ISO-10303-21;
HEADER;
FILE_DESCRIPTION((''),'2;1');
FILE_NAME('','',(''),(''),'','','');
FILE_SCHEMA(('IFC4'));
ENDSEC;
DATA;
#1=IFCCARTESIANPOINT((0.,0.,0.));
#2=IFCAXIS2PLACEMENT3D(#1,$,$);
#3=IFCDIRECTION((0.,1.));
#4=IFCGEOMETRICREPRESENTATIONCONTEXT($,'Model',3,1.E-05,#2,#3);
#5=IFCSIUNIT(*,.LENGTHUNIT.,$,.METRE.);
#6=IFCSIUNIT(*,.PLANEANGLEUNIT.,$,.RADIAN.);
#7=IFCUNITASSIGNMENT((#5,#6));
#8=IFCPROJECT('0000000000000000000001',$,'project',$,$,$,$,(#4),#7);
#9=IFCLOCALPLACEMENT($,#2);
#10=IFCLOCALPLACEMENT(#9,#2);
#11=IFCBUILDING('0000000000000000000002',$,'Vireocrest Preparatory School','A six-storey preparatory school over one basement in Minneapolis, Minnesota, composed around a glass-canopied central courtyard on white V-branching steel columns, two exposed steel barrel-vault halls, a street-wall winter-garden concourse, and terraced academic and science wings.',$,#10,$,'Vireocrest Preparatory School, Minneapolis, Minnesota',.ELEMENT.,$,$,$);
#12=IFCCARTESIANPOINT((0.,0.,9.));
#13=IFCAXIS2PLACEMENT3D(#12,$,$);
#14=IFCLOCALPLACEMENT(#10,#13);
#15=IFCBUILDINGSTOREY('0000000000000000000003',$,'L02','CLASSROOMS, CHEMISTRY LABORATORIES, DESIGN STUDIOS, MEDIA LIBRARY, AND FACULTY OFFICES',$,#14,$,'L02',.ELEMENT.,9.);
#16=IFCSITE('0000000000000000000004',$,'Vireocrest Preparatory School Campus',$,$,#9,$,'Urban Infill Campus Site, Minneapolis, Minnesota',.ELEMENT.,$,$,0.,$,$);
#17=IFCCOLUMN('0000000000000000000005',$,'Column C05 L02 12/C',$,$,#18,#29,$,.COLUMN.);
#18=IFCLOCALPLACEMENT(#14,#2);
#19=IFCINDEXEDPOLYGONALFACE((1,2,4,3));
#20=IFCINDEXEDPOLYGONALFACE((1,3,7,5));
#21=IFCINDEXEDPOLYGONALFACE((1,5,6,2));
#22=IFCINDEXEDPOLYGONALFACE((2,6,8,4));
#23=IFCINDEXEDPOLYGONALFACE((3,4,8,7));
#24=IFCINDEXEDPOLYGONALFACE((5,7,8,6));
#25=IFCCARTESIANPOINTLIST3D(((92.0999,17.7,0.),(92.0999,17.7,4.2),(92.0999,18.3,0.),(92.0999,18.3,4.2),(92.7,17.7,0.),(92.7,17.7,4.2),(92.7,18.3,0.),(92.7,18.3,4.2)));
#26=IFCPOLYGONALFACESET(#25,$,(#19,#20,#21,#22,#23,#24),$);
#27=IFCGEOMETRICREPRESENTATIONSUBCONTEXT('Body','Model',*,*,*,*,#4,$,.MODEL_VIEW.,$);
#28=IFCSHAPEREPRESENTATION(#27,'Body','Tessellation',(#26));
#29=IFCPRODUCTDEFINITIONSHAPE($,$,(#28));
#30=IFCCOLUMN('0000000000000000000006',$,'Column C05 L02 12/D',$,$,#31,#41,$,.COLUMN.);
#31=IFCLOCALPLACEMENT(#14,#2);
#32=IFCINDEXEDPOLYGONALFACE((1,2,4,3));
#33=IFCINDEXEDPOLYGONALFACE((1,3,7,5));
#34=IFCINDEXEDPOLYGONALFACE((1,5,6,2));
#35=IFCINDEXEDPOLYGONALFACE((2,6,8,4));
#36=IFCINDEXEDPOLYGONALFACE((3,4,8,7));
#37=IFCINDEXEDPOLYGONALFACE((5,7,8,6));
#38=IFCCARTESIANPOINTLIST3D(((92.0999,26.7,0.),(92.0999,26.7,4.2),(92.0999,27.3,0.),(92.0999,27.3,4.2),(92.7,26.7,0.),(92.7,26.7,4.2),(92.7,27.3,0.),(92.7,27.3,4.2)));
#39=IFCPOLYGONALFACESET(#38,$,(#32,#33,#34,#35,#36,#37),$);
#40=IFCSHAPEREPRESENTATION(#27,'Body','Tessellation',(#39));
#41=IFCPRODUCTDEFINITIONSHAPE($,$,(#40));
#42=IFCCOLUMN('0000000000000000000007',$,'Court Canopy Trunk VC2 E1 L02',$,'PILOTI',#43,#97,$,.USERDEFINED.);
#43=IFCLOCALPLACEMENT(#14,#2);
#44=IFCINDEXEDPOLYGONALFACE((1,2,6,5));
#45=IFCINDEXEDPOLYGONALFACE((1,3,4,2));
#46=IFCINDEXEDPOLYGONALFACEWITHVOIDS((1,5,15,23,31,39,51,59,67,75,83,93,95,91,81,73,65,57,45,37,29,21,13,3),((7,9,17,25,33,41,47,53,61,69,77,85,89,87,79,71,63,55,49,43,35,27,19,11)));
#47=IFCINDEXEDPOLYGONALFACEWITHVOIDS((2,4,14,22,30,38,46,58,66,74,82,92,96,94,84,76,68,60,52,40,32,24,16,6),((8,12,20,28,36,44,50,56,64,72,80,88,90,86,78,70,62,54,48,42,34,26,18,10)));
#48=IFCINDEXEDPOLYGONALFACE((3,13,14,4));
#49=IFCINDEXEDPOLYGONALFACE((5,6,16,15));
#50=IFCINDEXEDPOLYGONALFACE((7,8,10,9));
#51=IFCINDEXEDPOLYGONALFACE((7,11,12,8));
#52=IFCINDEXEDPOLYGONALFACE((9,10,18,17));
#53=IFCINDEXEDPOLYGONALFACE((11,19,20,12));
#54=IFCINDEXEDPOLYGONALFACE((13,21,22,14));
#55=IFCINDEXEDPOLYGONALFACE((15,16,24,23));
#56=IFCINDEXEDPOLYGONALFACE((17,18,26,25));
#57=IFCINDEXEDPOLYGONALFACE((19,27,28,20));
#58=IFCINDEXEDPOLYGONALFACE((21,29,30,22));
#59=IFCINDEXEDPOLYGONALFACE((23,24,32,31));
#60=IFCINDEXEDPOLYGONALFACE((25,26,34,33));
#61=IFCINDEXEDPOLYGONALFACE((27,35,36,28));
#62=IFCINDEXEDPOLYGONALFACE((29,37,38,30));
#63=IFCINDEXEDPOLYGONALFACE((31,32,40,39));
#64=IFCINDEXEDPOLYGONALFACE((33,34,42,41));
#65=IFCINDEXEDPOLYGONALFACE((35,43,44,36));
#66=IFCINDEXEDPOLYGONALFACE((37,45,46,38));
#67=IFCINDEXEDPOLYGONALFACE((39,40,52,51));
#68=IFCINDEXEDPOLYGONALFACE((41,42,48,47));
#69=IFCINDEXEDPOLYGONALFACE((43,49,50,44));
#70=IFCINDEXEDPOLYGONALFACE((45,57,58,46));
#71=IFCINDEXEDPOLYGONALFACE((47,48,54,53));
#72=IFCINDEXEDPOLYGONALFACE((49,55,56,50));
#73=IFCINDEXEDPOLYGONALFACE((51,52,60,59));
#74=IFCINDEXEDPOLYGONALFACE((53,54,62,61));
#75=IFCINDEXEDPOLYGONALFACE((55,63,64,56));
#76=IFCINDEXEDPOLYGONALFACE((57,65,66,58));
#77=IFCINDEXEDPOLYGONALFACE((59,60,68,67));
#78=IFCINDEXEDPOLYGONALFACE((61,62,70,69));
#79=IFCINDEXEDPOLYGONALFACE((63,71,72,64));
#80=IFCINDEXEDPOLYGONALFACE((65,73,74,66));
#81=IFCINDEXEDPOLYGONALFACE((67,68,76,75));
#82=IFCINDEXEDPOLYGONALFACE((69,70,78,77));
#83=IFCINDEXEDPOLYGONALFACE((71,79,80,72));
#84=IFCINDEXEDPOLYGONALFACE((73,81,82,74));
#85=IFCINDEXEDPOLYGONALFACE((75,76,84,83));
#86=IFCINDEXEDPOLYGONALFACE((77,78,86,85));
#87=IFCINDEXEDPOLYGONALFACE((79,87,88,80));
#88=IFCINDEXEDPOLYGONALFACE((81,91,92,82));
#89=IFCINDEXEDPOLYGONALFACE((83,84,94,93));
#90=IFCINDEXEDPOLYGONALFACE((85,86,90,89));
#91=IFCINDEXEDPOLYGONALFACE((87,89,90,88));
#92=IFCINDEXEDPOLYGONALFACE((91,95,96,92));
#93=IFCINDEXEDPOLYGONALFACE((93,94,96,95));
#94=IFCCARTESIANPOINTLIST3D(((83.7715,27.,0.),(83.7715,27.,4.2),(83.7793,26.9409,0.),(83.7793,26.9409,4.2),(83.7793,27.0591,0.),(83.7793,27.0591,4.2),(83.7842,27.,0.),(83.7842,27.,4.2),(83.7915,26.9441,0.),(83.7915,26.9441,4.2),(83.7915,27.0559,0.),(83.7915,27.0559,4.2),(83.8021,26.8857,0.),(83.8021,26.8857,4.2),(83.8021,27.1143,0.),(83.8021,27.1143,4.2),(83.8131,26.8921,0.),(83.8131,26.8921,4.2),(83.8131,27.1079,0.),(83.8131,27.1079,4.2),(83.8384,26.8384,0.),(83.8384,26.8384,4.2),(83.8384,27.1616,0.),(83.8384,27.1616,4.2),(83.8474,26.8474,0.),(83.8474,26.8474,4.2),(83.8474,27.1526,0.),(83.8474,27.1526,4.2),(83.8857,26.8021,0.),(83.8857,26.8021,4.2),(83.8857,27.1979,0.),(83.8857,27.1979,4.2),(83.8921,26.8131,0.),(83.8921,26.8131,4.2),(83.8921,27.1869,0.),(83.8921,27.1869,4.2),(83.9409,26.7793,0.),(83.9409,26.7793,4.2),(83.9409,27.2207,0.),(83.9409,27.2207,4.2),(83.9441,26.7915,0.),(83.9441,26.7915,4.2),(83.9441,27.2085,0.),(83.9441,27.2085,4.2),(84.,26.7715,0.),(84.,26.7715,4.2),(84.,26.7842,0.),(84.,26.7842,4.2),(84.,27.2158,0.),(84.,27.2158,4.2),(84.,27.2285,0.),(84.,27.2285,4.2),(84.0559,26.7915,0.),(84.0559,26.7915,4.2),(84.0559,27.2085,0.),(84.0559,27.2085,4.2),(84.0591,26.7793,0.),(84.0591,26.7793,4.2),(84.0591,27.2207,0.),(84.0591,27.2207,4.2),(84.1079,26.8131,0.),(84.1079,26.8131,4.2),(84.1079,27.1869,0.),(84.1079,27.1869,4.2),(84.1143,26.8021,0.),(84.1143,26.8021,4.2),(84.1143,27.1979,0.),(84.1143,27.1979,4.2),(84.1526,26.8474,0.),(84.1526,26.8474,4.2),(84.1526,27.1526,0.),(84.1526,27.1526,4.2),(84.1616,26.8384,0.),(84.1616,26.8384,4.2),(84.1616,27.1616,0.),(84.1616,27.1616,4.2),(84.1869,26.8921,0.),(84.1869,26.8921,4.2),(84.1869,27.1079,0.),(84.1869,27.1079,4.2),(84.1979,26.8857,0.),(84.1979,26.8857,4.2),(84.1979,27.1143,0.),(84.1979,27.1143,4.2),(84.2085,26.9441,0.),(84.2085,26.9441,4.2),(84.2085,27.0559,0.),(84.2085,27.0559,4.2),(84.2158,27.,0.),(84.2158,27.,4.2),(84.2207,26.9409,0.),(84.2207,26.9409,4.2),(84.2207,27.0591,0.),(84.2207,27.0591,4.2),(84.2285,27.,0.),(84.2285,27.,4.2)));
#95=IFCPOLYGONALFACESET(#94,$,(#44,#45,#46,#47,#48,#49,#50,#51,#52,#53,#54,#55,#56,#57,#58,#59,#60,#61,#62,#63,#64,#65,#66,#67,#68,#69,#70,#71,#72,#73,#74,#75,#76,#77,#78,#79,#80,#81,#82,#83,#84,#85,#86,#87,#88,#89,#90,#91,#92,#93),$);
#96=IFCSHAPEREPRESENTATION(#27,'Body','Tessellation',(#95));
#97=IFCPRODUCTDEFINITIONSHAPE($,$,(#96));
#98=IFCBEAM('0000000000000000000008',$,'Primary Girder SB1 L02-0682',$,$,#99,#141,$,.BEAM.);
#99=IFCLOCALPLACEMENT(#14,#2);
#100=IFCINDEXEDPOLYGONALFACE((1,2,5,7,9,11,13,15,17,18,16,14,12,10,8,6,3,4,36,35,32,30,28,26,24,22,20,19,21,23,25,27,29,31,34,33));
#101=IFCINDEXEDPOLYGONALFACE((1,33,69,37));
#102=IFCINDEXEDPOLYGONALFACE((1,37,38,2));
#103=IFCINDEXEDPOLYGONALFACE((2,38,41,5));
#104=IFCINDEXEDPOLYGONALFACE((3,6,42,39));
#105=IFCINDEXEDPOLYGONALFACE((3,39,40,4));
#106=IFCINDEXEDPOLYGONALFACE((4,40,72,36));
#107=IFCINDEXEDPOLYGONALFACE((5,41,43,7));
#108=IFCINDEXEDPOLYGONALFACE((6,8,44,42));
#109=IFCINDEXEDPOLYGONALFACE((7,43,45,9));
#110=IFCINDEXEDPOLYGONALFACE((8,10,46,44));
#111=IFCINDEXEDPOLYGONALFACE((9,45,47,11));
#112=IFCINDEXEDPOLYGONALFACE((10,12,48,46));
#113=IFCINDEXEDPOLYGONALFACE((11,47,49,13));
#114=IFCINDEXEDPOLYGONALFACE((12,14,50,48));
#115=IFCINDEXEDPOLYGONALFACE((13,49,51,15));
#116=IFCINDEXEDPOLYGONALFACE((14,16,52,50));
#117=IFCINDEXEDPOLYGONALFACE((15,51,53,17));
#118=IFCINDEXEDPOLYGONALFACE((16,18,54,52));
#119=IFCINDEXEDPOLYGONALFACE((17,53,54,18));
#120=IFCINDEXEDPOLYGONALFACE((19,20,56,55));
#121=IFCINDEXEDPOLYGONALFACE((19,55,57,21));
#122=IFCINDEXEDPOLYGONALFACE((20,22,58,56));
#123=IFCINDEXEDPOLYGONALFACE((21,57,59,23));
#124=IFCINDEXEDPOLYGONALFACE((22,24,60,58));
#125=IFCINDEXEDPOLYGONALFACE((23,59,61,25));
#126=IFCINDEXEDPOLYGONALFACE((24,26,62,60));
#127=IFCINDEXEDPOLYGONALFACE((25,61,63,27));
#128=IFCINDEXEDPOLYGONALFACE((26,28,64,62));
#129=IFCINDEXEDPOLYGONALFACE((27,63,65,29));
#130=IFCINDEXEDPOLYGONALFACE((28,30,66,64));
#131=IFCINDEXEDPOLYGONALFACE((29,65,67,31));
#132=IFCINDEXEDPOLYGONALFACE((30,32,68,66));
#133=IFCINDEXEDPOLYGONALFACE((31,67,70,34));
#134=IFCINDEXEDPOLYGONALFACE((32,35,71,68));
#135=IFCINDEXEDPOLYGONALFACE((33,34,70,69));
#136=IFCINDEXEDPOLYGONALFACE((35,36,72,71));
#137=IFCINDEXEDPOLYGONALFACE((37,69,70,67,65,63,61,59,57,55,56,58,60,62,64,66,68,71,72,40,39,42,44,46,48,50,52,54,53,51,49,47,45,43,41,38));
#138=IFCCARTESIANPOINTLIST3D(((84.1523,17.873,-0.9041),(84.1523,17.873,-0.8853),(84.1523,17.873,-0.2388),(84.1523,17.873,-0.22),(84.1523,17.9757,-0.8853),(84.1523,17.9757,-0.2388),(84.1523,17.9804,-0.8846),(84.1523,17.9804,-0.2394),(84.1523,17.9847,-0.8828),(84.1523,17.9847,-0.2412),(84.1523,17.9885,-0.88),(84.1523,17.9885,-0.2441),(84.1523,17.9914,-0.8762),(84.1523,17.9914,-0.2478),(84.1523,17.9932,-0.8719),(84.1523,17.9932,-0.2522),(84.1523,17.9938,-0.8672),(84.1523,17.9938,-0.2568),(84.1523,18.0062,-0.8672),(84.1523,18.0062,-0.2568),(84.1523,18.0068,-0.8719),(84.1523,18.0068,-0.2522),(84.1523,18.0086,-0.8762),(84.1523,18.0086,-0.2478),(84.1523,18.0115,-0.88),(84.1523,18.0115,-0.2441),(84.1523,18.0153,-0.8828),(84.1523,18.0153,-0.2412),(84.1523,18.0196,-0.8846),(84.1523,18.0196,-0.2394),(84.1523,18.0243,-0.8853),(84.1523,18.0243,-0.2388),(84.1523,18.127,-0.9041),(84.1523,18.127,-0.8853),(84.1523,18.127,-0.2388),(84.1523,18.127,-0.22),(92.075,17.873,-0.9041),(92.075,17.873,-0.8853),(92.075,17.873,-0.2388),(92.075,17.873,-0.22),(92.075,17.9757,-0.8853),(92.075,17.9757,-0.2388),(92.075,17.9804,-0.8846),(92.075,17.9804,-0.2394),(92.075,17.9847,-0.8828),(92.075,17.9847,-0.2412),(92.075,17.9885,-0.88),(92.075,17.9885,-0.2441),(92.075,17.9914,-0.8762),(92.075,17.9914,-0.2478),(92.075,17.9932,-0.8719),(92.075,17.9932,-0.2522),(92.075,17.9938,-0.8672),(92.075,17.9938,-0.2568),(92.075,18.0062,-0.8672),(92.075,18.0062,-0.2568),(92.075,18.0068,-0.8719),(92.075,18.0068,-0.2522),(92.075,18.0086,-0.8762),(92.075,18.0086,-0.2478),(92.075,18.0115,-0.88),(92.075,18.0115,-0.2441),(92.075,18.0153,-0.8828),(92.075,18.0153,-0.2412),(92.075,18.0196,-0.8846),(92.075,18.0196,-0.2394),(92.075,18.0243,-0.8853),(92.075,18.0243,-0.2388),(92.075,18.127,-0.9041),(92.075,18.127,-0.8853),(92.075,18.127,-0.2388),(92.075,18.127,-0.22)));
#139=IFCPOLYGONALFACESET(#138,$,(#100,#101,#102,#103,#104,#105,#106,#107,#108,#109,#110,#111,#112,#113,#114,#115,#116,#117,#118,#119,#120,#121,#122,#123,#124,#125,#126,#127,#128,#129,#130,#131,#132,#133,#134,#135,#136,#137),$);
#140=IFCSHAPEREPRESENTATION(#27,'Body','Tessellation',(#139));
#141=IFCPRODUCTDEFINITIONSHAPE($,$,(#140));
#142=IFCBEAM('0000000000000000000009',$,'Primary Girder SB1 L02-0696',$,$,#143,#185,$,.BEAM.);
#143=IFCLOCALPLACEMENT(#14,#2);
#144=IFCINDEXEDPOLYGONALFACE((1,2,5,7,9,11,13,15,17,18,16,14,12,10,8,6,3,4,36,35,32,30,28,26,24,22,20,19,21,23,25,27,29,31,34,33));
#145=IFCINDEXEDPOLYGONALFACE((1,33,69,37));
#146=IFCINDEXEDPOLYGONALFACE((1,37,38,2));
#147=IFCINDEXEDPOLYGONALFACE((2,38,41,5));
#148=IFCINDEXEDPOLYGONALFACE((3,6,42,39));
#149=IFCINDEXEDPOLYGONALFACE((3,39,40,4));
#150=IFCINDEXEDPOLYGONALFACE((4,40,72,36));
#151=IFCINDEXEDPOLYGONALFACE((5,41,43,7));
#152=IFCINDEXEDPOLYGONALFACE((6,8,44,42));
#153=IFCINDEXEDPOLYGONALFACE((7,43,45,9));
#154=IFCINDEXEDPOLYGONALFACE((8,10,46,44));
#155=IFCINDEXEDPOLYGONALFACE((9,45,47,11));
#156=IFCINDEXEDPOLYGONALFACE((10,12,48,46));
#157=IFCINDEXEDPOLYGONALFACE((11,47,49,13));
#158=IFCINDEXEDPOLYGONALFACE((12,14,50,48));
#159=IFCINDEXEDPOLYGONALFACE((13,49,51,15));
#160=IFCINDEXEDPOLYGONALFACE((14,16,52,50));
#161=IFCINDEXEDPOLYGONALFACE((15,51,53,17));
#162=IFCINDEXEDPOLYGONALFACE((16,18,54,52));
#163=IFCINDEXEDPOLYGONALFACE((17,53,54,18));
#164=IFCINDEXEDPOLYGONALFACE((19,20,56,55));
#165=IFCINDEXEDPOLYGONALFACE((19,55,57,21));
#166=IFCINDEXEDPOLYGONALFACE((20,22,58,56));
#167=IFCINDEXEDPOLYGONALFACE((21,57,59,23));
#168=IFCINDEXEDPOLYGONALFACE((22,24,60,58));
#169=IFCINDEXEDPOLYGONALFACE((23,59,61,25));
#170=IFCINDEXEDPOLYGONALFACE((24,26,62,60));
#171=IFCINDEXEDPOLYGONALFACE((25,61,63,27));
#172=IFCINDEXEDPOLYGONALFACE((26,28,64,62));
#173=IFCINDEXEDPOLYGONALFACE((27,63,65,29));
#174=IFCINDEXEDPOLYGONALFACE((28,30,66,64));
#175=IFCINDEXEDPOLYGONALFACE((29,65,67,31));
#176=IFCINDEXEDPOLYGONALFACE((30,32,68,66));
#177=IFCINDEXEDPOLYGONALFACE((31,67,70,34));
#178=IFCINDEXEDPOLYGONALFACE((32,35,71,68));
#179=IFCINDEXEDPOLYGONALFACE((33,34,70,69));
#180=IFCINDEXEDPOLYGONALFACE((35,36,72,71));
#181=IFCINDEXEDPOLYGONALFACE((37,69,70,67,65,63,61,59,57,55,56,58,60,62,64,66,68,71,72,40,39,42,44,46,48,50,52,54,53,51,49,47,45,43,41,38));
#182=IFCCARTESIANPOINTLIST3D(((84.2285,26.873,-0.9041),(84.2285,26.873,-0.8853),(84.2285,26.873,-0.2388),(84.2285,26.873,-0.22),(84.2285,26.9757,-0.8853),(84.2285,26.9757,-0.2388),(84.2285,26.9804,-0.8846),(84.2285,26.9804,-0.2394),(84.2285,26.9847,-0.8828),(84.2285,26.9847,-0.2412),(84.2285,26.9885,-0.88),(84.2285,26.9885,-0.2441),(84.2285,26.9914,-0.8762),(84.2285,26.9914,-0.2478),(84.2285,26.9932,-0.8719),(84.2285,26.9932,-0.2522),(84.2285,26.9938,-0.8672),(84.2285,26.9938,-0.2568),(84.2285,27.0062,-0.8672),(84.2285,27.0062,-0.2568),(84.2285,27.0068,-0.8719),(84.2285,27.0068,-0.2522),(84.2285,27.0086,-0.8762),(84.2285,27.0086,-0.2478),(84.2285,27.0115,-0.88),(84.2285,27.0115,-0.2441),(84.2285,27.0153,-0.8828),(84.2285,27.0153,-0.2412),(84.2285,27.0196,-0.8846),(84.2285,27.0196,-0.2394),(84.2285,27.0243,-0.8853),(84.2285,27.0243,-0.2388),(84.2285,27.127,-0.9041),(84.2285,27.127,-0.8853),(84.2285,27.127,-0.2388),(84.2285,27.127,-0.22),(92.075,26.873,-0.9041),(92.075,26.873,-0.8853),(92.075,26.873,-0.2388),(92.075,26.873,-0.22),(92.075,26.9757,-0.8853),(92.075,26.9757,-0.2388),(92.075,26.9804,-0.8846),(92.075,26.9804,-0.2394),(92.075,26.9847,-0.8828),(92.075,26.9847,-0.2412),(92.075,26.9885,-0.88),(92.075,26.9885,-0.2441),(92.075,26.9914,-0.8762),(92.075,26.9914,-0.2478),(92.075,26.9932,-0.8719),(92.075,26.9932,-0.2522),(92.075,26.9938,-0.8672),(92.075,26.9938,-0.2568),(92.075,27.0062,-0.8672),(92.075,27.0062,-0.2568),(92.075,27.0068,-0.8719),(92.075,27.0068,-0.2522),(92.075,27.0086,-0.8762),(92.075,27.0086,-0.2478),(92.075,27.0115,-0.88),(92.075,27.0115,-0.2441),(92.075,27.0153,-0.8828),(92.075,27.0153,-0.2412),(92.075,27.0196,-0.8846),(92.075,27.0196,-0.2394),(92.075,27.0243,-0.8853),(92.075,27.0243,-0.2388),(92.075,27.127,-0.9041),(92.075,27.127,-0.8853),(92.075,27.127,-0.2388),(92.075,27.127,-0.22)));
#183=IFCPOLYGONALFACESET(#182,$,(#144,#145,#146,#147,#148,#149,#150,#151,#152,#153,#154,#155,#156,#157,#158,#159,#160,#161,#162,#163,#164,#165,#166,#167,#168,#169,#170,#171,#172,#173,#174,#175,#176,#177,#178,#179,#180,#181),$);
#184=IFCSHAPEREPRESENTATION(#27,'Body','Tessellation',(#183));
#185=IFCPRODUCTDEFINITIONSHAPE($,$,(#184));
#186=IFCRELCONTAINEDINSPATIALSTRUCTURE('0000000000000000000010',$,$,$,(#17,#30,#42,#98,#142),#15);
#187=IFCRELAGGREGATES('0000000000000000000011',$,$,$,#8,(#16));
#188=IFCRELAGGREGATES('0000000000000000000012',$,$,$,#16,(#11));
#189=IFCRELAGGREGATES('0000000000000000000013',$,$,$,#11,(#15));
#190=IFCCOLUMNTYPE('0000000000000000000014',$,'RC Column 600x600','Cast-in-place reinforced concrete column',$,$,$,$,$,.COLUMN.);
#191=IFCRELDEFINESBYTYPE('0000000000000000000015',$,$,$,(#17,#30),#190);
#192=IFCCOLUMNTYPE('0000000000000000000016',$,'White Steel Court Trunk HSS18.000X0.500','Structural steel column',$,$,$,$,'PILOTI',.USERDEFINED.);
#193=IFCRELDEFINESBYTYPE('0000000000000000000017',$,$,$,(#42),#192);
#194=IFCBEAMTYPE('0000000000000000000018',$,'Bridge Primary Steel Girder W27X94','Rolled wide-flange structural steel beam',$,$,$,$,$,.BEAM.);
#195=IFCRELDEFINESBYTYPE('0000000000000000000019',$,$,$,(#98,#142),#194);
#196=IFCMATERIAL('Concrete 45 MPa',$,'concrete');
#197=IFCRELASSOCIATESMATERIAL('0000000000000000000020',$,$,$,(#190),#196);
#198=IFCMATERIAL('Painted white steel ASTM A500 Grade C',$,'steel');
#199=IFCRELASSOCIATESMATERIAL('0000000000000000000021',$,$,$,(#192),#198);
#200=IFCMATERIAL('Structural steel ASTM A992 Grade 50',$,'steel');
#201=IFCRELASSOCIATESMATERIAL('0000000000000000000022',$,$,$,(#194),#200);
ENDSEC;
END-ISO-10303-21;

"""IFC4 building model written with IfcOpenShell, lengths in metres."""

from ifc_helpers import new_model, si_unit, direction, frame, origin, origin_2d, place, context, subcontext, project, spatial, rectangle, hollow_circle, i_section, extrude, material, material_profile, profile_set, type_object, element, save


model = new_model("IFC4")

# Units and contexts
model_context = context("Model", 3, precision=1e-05, world=origin(), true_north=direction((0.0, 1.0)))
body_context = subcontext(model_context, "Body", "Model", "MODEL_VIEW")
ifc_project = project(units=[si_unit("LENGTHUNIT", "METRE"), si_unit("PLANEANGLEUNIT", "RADIAN")], contexts=[model_context])

# Site, building, storey
site_placement = place(None, origin())
site = spatial("IfcSite", under=ifc_project, at=site_placement, Name="Vireocrest Preparatory School Campus", LongName="Urban Infill Campus Site, Minneapolis, Minnesota", CompositionType="ELEMENT", RefElevation=0.0)
building_placement = place(site_placement, origin())
building = spatial("IfcBuilding", under=site, at=building_placement, Name="Vireocrest Preparatory School", Description="A six-storey preparatory school over one basement in Minneapolis, Minnesota, composed around a glass-canopied central courtyard on white V-branching steel columns, two exposed steel barrel-vault halls, a street-wall winter-garden concourse, and terraced academic and science wings.", LongName="Vireocrest Preparatory School, Minneapolis, Minnesota", CompositionType="ELEMENT")
storey_placement = place(building_placement, frame((0.0, 0.0, 9.0)))
storey = spatial("IfcBuildingStorey", under=building, at=storey_placement, Name="L02", Description="CLASSROOMS, CHEMISTRY LABORATORIES, DESIGN STUDIOS, MEDIA LIBRARY, AND FACULTY OFFICES", LongName="L02", CompositionType="ELEMENT", Elevation=9.0)

# Columns
ifc_material_1 = material(Name="Concrete 45 MPa", Category="concrete")
ifc_material_profile_1 = material_profile(ifc_material_1, rectangle(XDim=0.6001, YDim=0.6001, at=origin_2d()), Name="RC 600x600")
ifc_profile_set_1 = profile_set([ifc_material_profile_1], Name="Concrete 45 MPa")
column_type_1 = type_object("IfcColumnType", Name="RC Column 600x600", Description="Cast-in-place reinforced concrete column", PredefinedType="COLUMN", material=ifc_profile_set_1)
for number, where, z_axis, x_axis, name in (
    (1, (92.3999, 18.0, 0.0), (0.0, 0.0, 1.0), (1.0, 0.0, 0.0), "Column C05 L02 12/C"),
    (2, (92.3999, 27.0, 0.0), (0.0, 0.0, 1.0), (1.0, 0.0, 0.0), "Column C05 L02 12/D"),
):
    element("IfcColumn", number, at=place(storey_placement, frame(where, z_axis=z_axis, x_axis=x_axis)), inside=storey, type_object=column_type_1, Name=name, PredefinedType="COLUMN", context=body_context, shape_type="SweptSolid", body=[
        extrude(rectangle(XDim=0.6001, YDim=0.6001, at=origin_2d()), origin(), (0.0, 0.0, 1.0), 4.2),
    ])
ifc_material_2 = material(Name="Painted white steel ASTM A500 Grade C", Category="steel")
ifc_material_profile_2 = material_profile(ifc_material_2, hollow_circle(Radius=0.2285, WallThickness=0.0127, at=origin_2d()), Name="HSS18.000X0.500")
ifc_profile_set_2 = profile_set([ifc_material_profile_2], Name="Painted white steel ASTM A500 Grade C")
column_type_2 = type_object("IfcColumnType", Name="White Steel Court Trunk HSS18.000X0.500", Description="Structural steel column", ElementType="PILOTI", PredefinedType="USERDEFINED", material=ifc_profile_set_2)
column_placement = place(storey_placement, frame((84.0, 27.0, 0.0), z_axis=(0.0, 0.0, 1.0), x_axis=(1.0, 0.0, 0.0)))
element("IfcColumn", 3, at=column_placement, inside=storey, type_object=column_type_2, Name="Court Canopy Trunk VC2 E1 L02", ObjectType="PILOTI", PredefinedType="USERDEFINED", context=body_context, shape_type="SweptSolid", body=[
    extrude(hollow_circle(Radius=0.2285, WallThickness=0.0127, at=origin_2d()), origin(), (0.0, 0.0, 1.0), 4.2),
])

# Beams
ifc_material_3 = material(Name="Structural steel ASTM A992 Grade 50", Category="steel")
ifc_material_profile_3 = material_profile(ifc_material_3, i_section(OverallWidth=0.2539, OverallDepth=0.6841, WebThickness=0.0125, FlangeThickness=0.0188, FilletRadius=0.0181, at=origin_2d()), Name="W27X94")
ifc_profile_set_3 = profile_set([ifc_material_profile_3], Name="Structural steel ASTM A992 Grade 50")
beam_type_1 = type_object("IfcBeamType", Name="Bridge Primary Steel Girder W27X94", Description="Rolled wide-flange structural steel beam", PredefinedType="BEAM", material=ifc_profile_set_3)
beam_1_placement = place(storey_placement, frame((84.1523, 18.0, -0.562), z_axis=(1.0, 0.0, 0.0), x_axis=(0.0, 1.0, 0.0)))
element("IfcBeam", 4, at=beam_1_placement, inside=storey, type_object=beam_type_1, Name="Primary Girder SB1 L02-0682", PredefinedType="BEAM", context=body_context, shape_type="SweptSolid", body=[
    extrude(i_section(OverallWidth=0.2539, OverallDepth=0.6841, WebThickness=0.0125, FlangeThickness=0.0188, FilletRadius=0.0181, at=origin_2d()), origin(), (0.0, 0.0, 1.0), 7.9226),
])
beam_2_placement = place(storey_placement, frame((84.2285, 27.0, -0.562), z_axis=(1.0, 0.0, 0.0), x_axis=(0.0, 1.0, 0.0)))
element("IfcBeam", 5, at=beam_2_placement, inside=storey, type_object=beam_type_1, Name="Primary Girder SB1 L02-0696", PredefinedType="BEAM", context=body_context, shape_type="SweptSolid", body=[
    extrude(i_section(OverallWidth=0.2539, OverallDepth=0.6841, WebThickness=0.0125, FlangeThickness=0.0188, FilletRadius=0.0181, at=origin_2d()), origin(), (0.0, 0.0, 1.0), 7.8464),
])

save(model, "model.ifc")
